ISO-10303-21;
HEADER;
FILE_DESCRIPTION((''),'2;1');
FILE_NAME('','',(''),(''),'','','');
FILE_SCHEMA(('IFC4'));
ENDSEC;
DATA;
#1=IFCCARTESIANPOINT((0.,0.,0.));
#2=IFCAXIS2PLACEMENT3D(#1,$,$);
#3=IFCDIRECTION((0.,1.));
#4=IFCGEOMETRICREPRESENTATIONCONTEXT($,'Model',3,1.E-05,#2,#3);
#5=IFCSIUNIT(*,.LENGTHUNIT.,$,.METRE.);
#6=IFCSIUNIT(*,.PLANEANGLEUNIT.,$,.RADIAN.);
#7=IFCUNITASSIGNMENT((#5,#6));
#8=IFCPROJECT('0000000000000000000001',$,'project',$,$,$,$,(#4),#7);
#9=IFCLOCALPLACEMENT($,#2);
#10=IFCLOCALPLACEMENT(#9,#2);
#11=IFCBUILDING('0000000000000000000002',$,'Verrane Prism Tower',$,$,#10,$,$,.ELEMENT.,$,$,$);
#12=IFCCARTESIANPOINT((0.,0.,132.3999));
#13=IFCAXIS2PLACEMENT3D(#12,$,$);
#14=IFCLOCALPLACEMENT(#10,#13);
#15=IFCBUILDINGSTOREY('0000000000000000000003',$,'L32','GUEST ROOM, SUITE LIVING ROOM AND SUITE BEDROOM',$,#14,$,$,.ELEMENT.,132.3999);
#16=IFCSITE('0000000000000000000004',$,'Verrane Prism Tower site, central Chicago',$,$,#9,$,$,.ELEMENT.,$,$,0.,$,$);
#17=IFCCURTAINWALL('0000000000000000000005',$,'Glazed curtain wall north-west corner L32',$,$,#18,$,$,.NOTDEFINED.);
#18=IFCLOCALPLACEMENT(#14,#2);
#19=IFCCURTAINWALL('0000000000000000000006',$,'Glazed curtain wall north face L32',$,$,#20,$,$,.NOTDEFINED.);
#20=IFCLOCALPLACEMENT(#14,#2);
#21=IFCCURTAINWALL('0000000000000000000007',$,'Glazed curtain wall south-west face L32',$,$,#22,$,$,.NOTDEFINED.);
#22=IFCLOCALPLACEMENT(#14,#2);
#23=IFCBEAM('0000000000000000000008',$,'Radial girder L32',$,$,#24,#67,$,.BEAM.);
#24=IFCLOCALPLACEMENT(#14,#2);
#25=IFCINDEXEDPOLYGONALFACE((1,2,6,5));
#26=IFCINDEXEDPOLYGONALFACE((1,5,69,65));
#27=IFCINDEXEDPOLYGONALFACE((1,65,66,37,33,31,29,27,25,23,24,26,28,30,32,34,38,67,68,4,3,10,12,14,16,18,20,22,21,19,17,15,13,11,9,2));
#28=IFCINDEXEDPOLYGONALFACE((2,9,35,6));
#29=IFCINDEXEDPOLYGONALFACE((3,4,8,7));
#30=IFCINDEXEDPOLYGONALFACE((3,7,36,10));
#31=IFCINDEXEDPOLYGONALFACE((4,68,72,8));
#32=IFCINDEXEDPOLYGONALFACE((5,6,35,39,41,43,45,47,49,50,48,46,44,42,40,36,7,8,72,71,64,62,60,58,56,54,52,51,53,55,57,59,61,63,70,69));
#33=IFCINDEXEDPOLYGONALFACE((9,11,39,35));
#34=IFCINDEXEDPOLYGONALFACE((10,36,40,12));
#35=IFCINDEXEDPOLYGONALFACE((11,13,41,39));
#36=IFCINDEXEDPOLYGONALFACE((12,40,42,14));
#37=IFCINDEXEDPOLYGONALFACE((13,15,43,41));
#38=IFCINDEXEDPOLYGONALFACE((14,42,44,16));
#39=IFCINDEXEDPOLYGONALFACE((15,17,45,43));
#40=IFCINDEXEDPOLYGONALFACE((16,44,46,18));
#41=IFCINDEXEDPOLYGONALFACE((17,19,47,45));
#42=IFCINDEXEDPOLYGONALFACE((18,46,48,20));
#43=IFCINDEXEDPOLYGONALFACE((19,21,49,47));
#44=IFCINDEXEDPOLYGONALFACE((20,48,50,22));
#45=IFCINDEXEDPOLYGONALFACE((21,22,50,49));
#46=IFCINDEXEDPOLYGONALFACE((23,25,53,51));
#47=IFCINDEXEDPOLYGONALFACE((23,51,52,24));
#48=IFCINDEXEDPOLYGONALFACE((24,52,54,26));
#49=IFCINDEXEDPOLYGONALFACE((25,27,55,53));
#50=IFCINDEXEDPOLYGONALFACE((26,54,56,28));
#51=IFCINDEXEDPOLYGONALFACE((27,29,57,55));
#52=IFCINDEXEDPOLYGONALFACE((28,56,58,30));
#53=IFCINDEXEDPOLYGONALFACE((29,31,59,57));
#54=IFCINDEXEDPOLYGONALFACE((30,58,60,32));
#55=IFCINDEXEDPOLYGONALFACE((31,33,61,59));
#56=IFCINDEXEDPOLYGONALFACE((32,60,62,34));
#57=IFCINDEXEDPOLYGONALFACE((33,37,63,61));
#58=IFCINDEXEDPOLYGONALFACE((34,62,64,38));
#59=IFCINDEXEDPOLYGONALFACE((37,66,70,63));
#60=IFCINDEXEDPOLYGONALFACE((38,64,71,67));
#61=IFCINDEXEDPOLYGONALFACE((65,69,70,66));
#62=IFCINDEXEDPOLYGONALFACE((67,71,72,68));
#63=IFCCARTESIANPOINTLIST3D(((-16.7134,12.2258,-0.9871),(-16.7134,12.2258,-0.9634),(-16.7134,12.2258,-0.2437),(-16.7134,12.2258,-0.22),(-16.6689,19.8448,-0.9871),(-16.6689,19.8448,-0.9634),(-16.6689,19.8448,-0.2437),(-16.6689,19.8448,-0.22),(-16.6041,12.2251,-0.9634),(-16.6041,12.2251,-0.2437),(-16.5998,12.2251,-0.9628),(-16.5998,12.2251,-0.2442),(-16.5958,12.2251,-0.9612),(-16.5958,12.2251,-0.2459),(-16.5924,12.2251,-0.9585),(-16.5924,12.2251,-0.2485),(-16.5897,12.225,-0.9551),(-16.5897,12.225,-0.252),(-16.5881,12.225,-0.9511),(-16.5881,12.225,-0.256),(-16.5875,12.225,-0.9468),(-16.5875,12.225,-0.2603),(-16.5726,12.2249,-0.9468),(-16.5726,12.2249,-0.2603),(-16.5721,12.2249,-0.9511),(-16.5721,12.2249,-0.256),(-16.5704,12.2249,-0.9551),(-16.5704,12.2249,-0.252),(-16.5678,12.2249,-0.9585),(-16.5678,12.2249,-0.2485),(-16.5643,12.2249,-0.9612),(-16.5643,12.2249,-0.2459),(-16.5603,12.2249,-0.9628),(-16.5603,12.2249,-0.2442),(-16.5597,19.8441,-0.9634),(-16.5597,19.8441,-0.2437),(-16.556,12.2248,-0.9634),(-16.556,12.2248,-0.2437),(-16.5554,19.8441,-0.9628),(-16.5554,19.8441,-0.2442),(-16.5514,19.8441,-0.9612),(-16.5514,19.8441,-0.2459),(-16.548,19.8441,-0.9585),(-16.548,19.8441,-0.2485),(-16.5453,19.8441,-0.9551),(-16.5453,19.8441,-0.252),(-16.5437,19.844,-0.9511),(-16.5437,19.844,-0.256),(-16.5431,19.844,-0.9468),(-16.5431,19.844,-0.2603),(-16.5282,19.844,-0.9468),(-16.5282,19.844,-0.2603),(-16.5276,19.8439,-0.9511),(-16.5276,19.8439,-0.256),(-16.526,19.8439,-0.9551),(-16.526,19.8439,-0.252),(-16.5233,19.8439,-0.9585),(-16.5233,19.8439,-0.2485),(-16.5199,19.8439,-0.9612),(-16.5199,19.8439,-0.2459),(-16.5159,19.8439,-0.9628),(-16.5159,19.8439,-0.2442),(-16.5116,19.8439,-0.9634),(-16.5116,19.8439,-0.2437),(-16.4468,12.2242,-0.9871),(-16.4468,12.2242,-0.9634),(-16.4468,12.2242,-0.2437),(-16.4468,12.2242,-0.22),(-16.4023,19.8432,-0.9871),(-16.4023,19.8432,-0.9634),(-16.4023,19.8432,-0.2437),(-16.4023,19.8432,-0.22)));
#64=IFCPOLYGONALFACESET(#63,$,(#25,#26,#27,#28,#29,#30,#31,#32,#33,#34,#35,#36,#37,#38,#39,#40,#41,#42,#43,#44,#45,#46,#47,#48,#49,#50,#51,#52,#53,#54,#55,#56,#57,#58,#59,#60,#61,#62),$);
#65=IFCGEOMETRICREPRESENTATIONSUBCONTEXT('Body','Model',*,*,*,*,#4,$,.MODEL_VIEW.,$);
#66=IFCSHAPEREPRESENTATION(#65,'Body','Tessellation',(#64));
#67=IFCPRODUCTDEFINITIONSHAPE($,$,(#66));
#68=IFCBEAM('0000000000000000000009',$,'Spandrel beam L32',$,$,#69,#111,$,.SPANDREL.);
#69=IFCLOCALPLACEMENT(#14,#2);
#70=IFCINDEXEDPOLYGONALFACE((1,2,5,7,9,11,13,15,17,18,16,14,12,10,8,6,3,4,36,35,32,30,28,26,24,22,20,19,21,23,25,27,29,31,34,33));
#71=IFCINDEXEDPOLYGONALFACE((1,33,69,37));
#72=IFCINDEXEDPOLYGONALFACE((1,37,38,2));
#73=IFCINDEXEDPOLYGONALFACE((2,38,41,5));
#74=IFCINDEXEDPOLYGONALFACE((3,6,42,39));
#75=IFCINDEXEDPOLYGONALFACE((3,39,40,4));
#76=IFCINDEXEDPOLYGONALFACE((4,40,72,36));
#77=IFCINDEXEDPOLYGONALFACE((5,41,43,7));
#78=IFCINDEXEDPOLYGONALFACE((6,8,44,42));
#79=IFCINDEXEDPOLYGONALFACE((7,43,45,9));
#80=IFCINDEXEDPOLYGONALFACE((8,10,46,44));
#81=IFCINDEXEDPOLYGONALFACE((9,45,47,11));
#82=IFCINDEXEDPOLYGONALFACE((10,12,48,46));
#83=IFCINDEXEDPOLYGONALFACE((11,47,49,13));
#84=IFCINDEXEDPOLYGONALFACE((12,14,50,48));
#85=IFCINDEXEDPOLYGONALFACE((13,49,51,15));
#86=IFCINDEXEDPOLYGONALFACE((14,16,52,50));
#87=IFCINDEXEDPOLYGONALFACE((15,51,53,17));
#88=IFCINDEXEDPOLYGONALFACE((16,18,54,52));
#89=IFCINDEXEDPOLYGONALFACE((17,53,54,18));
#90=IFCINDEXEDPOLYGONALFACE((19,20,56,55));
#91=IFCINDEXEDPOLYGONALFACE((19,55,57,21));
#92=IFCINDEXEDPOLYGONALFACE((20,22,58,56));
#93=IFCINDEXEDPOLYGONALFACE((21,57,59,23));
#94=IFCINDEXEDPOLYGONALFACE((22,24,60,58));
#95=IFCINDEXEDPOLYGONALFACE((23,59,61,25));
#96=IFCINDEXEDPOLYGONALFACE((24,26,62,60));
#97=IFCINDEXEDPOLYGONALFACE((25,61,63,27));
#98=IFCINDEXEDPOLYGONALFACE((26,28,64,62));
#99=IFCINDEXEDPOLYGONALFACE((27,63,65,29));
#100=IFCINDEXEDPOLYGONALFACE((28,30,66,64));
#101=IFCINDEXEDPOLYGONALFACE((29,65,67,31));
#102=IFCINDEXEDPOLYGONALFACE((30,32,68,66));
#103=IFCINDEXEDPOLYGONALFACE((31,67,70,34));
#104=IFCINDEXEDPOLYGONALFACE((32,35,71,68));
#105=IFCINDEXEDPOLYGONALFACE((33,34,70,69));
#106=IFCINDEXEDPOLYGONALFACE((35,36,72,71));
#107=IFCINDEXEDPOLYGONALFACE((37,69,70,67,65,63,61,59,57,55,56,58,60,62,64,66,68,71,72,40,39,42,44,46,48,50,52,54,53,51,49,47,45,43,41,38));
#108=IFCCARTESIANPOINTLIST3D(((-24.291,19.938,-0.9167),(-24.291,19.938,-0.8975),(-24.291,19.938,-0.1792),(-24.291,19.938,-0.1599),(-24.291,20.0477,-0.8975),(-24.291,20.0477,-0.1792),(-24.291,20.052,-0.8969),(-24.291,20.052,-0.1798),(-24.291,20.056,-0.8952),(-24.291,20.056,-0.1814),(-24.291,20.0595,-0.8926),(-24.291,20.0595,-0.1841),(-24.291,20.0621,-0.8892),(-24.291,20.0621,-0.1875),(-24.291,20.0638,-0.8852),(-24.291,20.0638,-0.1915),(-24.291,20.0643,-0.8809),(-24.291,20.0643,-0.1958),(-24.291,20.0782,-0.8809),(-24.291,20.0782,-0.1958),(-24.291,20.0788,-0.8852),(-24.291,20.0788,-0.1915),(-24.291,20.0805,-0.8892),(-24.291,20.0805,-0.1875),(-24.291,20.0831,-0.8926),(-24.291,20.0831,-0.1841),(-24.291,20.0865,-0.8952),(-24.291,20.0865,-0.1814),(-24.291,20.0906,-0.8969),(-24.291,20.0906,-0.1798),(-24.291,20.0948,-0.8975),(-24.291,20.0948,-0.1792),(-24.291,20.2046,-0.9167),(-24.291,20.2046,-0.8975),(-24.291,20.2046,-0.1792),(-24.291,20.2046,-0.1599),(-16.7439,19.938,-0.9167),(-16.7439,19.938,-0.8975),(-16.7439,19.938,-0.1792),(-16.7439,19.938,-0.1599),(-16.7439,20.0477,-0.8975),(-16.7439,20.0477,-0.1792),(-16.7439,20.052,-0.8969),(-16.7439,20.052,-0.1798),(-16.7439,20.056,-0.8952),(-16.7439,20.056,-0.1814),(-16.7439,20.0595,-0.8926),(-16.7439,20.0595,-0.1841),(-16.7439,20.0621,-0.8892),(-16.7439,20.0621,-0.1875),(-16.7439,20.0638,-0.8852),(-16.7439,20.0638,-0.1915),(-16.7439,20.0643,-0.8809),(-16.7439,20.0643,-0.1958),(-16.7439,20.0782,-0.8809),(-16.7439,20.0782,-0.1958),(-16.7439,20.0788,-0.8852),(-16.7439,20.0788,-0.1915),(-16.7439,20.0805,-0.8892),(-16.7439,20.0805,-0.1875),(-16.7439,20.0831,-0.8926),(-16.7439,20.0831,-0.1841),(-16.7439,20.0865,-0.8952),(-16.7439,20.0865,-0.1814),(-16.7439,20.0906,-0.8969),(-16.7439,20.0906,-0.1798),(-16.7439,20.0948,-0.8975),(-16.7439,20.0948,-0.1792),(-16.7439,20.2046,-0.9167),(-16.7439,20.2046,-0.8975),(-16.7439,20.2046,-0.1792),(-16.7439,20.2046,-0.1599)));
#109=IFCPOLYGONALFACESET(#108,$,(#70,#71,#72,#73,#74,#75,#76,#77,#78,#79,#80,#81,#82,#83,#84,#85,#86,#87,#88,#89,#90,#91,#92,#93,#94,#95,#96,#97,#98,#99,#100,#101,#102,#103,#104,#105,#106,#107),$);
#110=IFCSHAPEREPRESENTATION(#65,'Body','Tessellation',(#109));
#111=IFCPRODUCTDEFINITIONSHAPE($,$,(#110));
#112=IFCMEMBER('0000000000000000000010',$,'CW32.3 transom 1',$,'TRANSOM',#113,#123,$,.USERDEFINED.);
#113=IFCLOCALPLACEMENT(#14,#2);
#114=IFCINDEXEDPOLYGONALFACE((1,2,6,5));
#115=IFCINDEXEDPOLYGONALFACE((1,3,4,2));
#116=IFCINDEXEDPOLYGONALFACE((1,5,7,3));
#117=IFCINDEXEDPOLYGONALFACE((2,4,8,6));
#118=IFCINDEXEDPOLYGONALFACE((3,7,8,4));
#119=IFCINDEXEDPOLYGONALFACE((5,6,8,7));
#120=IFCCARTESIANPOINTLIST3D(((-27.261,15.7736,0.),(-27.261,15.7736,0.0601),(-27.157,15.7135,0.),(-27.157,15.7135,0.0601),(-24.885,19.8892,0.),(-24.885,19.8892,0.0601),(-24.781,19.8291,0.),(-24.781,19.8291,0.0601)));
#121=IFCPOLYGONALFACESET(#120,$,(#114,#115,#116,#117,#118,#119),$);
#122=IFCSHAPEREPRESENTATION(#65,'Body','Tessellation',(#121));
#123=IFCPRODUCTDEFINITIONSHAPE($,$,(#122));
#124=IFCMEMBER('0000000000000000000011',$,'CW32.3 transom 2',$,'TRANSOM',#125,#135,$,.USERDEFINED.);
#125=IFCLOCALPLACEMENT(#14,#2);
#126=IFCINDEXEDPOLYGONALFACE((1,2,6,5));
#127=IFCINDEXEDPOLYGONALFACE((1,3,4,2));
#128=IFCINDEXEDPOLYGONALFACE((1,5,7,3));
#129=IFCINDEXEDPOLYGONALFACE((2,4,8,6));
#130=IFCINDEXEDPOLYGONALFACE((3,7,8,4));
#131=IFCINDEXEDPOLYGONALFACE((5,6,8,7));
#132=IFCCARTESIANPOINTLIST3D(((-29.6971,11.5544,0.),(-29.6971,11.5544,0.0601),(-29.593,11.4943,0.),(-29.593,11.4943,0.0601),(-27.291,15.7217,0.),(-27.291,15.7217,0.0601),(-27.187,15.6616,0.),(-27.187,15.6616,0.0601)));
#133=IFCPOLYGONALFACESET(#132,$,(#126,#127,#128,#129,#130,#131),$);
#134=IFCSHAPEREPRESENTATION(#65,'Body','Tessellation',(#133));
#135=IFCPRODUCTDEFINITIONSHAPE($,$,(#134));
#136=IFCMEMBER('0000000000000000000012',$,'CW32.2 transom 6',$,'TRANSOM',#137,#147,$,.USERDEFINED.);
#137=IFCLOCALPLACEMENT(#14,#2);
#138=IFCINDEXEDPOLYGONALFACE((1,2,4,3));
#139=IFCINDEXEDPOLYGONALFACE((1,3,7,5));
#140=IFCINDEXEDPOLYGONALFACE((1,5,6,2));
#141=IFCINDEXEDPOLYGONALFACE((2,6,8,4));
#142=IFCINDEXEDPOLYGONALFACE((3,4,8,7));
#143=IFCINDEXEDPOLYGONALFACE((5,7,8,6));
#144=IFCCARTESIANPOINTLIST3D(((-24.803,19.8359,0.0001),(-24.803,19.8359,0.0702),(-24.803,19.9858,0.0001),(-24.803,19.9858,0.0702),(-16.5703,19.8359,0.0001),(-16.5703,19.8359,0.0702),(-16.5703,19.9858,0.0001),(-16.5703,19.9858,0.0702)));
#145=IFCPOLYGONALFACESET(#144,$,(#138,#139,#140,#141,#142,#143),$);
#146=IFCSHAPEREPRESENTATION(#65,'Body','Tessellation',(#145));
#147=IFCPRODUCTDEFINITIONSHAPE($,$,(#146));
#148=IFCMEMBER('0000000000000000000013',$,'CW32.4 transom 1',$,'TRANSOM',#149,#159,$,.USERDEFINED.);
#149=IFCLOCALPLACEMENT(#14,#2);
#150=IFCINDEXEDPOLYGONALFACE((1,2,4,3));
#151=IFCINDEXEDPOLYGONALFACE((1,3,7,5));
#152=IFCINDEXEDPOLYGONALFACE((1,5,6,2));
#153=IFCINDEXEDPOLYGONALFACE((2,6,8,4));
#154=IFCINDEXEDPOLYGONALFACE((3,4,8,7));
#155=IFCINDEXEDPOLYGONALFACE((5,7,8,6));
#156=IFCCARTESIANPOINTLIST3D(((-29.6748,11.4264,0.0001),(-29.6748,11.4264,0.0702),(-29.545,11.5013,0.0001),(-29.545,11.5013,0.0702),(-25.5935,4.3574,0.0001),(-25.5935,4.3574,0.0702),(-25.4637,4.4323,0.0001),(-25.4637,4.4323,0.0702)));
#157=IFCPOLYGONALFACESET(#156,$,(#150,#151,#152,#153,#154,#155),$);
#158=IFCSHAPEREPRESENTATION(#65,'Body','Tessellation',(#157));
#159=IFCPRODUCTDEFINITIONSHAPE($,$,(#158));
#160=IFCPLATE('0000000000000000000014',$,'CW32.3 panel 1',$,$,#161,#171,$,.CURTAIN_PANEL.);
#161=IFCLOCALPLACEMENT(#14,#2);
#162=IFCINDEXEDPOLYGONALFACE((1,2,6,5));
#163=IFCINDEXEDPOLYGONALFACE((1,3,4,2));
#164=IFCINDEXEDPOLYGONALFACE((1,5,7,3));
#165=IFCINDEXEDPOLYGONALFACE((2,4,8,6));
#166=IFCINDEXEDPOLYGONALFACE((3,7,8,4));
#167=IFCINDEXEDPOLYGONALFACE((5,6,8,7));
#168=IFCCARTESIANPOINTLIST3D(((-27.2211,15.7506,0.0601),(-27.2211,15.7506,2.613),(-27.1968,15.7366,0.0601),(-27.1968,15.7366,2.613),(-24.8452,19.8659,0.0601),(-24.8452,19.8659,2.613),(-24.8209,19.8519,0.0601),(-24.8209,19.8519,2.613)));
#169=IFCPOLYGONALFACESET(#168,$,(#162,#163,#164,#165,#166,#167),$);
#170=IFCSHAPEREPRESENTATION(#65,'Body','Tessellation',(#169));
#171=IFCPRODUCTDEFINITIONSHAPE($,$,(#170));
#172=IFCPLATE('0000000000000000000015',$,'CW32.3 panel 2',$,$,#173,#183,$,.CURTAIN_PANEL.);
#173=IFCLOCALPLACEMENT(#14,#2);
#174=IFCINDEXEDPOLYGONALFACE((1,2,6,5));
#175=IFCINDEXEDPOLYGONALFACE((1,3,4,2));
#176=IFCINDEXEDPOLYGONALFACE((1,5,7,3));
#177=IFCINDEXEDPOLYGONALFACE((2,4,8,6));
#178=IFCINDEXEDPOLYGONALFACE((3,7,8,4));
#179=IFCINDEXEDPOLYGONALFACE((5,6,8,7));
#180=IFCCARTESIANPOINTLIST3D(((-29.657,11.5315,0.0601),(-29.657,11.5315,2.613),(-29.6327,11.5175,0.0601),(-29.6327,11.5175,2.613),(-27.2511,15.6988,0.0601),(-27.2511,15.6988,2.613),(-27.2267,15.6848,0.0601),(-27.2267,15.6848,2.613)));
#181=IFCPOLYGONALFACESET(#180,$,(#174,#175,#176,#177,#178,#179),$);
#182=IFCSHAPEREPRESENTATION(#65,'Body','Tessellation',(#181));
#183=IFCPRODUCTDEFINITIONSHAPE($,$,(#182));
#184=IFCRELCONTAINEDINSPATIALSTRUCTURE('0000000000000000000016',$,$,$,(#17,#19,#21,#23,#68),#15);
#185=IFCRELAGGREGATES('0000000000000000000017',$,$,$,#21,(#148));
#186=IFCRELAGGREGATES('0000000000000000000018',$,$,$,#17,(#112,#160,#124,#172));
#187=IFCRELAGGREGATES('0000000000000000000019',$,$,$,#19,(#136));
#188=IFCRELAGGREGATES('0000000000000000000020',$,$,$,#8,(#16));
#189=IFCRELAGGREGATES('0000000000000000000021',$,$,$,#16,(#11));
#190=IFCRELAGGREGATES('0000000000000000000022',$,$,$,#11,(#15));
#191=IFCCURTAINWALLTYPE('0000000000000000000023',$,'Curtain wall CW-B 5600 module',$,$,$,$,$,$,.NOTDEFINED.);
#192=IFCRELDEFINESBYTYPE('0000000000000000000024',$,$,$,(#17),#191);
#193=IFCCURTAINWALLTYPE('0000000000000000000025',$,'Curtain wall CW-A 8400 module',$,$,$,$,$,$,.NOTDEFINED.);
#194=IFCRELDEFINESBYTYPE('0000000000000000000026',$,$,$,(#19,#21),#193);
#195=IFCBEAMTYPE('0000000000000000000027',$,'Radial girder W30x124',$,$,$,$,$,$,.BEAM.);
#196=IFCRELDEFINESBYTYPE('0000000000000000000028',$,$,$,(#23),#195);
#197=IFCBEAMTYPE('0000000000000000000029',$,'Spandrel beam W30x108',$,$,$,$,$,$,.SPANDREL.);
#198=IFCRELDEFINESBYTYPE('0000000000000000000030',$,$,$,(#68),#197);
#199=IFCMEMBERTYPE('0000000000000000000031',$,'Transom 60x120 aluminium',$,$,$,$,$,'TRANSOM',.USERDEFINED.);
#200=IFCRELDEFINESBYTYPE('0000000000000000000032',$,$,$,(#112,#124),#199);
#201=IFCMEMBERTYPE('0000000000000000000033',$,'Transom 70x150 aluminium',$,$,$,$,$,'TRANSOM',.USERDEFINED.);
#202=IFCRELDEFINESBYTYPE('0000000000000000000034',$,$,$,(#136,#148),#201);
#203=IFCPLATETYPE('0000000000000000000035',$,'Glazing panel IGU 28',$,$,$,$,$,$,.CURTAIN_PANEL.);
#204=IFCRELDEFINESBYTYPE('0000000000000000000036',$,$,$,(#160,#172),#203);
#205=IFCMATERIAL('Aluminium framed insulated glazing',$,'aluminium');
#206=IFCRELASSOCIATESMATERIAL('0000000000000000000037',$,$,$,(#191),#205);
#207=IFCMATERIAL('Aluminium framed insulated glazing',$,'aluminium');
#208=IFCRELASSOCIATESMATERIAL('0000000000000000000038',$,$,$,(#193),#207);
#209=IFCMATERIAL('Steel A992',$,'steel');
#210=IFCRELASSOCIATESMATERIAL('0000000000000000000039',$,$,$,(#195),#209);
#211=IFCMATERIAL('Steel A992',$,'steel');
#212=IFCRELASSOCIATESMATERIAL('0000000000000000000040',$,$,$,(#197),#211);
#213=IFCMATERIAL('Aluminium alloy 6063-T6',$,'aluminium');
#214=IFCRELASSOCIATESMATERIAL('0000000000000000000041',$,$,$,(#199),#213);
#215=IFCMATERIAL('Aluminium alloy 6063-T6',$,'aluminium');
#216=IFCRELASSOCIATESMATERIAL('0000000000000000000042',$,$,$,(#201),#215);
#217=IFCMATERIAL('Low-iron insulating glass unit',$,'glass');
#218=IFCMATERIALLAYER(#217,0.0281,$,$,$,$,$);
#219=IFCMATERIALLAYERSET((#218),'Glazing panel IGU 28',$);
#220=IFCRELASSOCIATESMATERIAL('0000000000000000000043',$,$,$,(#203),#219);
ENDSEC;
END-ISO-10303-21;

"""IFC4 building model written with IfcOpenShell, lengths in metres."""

from ifc_helpers import new_model, si_unit, direction, frame, origin, origin_2d, place, context, subcontext, project, spatial, rectangle, i_section, extrude, material, layer, layer_set, material_profile, profile_set, type_object, element, aggregate, save


model = new_model("IFC4")

# Units and contexts
model_context = context("Model", 3, precision=1e-05, world=origin(), true_north=direction((0.0, 1.0)))
body_context = subcontext(model_context, "Body", "Model", "MODEL_VIEW")
ifc_project = project(units=[si_unit("LENGTHUNIT", "METRE"), si_unit("PLANEANGLEUNIT", "RADIAN")], contexts=[model_context])

# Site, building, storey
site_placement = place(None, origin())
site = spatial("IfcSite", under=ifc_project, at=site_placement, Name="Verrane Prism Tower site, central Chicago", CompositionType="ELEMENT", RefElevation=0.0)
building_placement = place(site_placement, origin())
building = spatial("IfcBuilding", under=site, at=building_placement, Name="Verrane Prism Tower", CompositionType="ELEMENT")
storey_placement = place(building_placement, frame((0.0, 0.0, 132.3999)))
storey = spatial("IfcBuildingStorey", under=building, at=storey_placement, Name="L32", Description="GUEST ROOM, SUITE LIVING ROOM AND SUITE BEDROOM", CompositionType="ELEMENT", Elevation=132.3999)

# Curtain wall
ifc_material_1 = material(Name="Aluminium framed insulated glazing", Category="aluminium")
curtain_wall_type_1 = type_object("IfcCurtainWallType", Name="Curtain wall CW-B 5600 module", PredefinedType="NOTDEFINED", material=ifc_material_1)
curtain_wall_1_placement = place(storey_placement, origin())
curtain_wall_1 = element("IfcCurtainWall", 1, at=curtain_wall_1_placement, inside=storey, type_object=curtain_wall_type_1, Name="Glazed curtain wall north-west corner L32", PredefinedType="NOTDEFINED")

# Curtain walls
ifc_material_2 = material(Name="Aluminium framed insulated glazing", Category="aluminium")
curtain_wall_type_2 = type_object("IfcCurtainWallType", Name="Curtain wall CW-A 8400 module", PredefinedType="NOTDEFINED", material=ifc_material_2)
curtain_wall_2_placement = place(storey_placement, origin())
curtain_wall_2 = element("IfcCurtainWall", 2, at=curtain_wall_2_placement, inside=storey, type_object=curtain_wall_type_2, Name="Glazed curtain wall north face L32", PredefinedType="NOTDEFINED")
curtain_wall_3_placement = place(storey_placement, origin())
curtain_wall_3 = element("IfcCurtainWall", 3, at=curtain_wall_3_placement, inside=storey, type_object=curtain_wall_type_2, Name="Glazed curtain wall south-west face L32", PredefinedType="NOTDEFINED")

# Beams
ifc_material_3 = material(Name="Steel A992", Category="steel")
ifc_material_profile_1 = material_profile(ifc_material_3, i_section(OverallWidth=0.2666, OverallDepth=0.7671, WebThickness=0.0149, FlangeThickness=0.0237, FilletRadius=0.0166, at=origin_2d()), Name="W30x124")
ifc_profile_set_1 = profile_set([ifc_material_profile_1], Name="Steel A992")
beam_type_1 = type_object("IfcBeamType", Name="Radial girder W30x124", PredefinedType="BEAM", material=ifc_profile_set_1)
beam_1_placement = place(storey_placement, frame((-16.5356, 19.844, -0.6035), z_axis=(-0.005832, -0.999983, 0.0), x_axis=(0.999983, -0.005832, 0.0)))
element("IfcBeam", 4, at=beam_1_placement, inside=storey, type_object=beam_type_1, Name="Radial girder L32", PredefinedType="BEAM", context=body_context, shape_type="SweptSolid", body=[
    extrude(i_section(OverallWidth=0.2666, OverallDepth=0.7671, WebThickness=0.0149, FlangeThickness=0.0237, FilletRadius=0.0166, at=origin_2d()), origin(), (0.0, 0.0, 1.0), 7.6191),
])
ifc_material_4 = material(Name="Steel A992", Category="steel")
ifc_material_profile_2 = material_profile(ifc_material_4, i_section(OverallWidth=0.2666, OverallDepth=0.7568, WebThickness=0.0139, FlangeThickness=0.0193, FilletRadius=0.0166, at=origin_2d()), Name="W30x108")
ifc_profile_set_2 = profile_set([ifc_material_profile_2], Name="Steel A992")
beam_type_2 = type_object("IfcBeamType", Name="Spandrel beam W30x108", PredefinedType="SPANDREL", material=ifc_profile_set_2)
beam_2_placement = place(storey_placement, frame((-16.7439, 20.0713, -0.5383), z_axis=(-1.0, 0.0, 0.0), x_axis=(0.0, -1.0, 0.0)))
element("IfcBeam", 5, at=beam_2_placement, inside=storey, type_object=beam_type_2, Name="Spandrel beam L32", PredefinedType="SPANDREL", context=body_context, shape_type="SweptSolid", body=[
    extrude(i_section(OverallWidth=0.2666, OverallDepth=0.7568, WebThickness=0.0139, FlangeThickness=0.0193, FilletRadius=0.0166, at=origin_2d()), origin(), (0.0, 0.0, 1.0), 7.5471),
])

# Members
ifc_material_5 = material(Name="Aluminium alloy 6063-T6", Category="aluminium")
ifc_material_profile_3 = material_profile(ifc_material_5, rectangle(XDim=0.1201, YDim=0.0601, at=origin_2d()), Name="Transom 60x120 aluminium")
ifc_profile_set_3 = profile_set([ifc_material_profile_3], Name="Aluminium alloy 6063-T6")
member_type_1 = type_object("IfcMemberType", Name="Transom 60x120 aluminium", ElementType="TRANSOM", PredefinedType="USERDEFINED", material=ifc_profile_set_3)
member_1_placement = place(storey_placement, frame((-24.833, 19.8591, 0.03), z_axis=(-0.499985, -0.866034, 0.0), x_axis=(0.866034, -0.499985, 0.0)))
member_1 = element("IfcMember", 6, at=member_1_placement, type_object=member_type_1, Name="CW32.3 transom 1", ObjectType="TRANSOM", PredefinedType="USERDEFINED", context=body_context, shape_type="SweptSolid", body=[
    extrude(rectangle(XDim=0.1201, YDim=0.0601, at=origin_2d()), origin(), (0.0, 0.0, 1.0), 4.7522),
])
member_2_placement = place(storey_placement, frame((-27.239, 15.6917, 0.03), z_axis=(-0.500008, -0.866021, 0.0), x_axis=(0.866021, -0.500008, 0.0)))
member_2 = element("IfcMember", 7, at=member_2_placement, type_object=member_type_1, Name="CW32.3 transom 2", ObjectType="TRANSOM", PredefinedType="USERDEFINED", context=body_context, shape_type="SweptSolid", body=[
    extrude(rectangle(XDim=0.1201, YDim=0.0601, at=origin_2d()), origin(), (0.0, 0.0, 1.0), 4.812),
])
ifc_material_6 = material(Name="Aluminium alloy 6063-T6", Category="aluminium")
ifc_material_profile_4 = material_profile(ifc_material_6, rectangle(XDim=0.1499, YDim=0.0701, at=origin_2d()), Name="Transom 70x150 aluminium")
ifc_profile_set_4 = profile_set([ifc_material_profile_4], Name="Aluminium alloy 6063-T6")
member_type_2 = type_object("IfcMemberType", Name="Transom 70x150 aluminium", ElementType="TRANSOM", PredefinedType="USERDEFINED", material=ifc_profile_set_4)
member_3_placement = place(storey_placement, frame((-16.5703, 19.9109, 0.0352), z_axis=(-1.0, 0.0, 0.0), x_axis=(0.0, -1.0, 0.0)))
member_3 = element("IfcMember", 8, at=member_3_placement, type_object=member_type_2, Name="CW32.2 transom 6", ObjectType="TRANSOM", PredefinedType="USERDEFINED", context=body_context, shape_type="SweptSolid", body=[
    extrude(rectangle(XDim=0.1499, YDim=0.0701, at=origin_2d()), origin(), (0.0, 0.0, 1.0), 8.2327),
])
member_4_placement = place(storey_placement, frame((-29.6099, 11.4639, 0.0352), z_axis=(0.499996, -0.866028, 0.0), x_axis=(0.866028, 0.499996, 0.0)))
member_4 = element("IfcMember", 9, at=member_4_placement, type_object=member_type_2, Name="CW32.4 transom 1", ObjectType="TRANSOM", PredefinedType="USERDEFINED", context=body_context, shape_type="SweptSolid", body=[
    extrude(rectangle(XDim=0.1499, YDim=0.0701, at=origin_2d()), origin(), (0.0, 0.0, 1.0), 8.1626),
])
aggregate(curtain_wall_3, [member_4])

# Plates
ifc_material_7 = material(Name="Low-iron insulating glass unit", Category="glass")
ifc_layer_1 = layer(ifc_material_7, 0.0281)
ifc_layer_set_1 = layer_set([ifc_layer_1], Name="Glazing panel IGU 28")
plate_type_1 = type_object("IfcPlateType", Name="Glazing panel IGU 28", PredefinedType="CURTAIN_PANEL", material=ifc_layer_set_1)
plate_1_placement = place(storey_placement, frame((-26.021, 17.8013, 0.0601), z_axis=(0.0, 0.0, 1.0), x_axis=(-0.499996, -0.866028, 0.0)))
plate_1 = element("IfcPlate", 10, at=plate_1_placement, type_object=plate_type_1, Name="CW32.3 panel 1", PredefinedType="CURTAIN_PANEL", context=body_context, shape_type="SweptSolid", body=[
    extrude(rectangle(XDim=4.752, YDim=0.0281, at=origin_2d()), origin(), (0.0, 0.0, 1.0), 2.553),
])
plate_2_placement = place(storey_placement, frame((-28.4419, 13.6082, 0.0601), z_axis=(0.0, 0.0, 1.0), x_axis=(-0.499996, -0.866028, 0.0)))
plate_2 = element("IfcPlate", 11, at=plate_2_placement, type_object=plate_type_1, Name="CW32.3 panel 2", PredefinedType="CURTAIN_PANEL", context=body_context, shape_type="SweptSolid", body=[
    extrude(rectangle(XDim=4.812, YDim=0.0281, at=origin_2d()), origin(), (0.0, 0.0, 1.0), 2.553),
])
aggregate(curtain_wall_1, [member_1, plate_1, member_2, plate_2])
aggregate(curtain_wall_2, [member_3])

save(model, "model.ifc")
